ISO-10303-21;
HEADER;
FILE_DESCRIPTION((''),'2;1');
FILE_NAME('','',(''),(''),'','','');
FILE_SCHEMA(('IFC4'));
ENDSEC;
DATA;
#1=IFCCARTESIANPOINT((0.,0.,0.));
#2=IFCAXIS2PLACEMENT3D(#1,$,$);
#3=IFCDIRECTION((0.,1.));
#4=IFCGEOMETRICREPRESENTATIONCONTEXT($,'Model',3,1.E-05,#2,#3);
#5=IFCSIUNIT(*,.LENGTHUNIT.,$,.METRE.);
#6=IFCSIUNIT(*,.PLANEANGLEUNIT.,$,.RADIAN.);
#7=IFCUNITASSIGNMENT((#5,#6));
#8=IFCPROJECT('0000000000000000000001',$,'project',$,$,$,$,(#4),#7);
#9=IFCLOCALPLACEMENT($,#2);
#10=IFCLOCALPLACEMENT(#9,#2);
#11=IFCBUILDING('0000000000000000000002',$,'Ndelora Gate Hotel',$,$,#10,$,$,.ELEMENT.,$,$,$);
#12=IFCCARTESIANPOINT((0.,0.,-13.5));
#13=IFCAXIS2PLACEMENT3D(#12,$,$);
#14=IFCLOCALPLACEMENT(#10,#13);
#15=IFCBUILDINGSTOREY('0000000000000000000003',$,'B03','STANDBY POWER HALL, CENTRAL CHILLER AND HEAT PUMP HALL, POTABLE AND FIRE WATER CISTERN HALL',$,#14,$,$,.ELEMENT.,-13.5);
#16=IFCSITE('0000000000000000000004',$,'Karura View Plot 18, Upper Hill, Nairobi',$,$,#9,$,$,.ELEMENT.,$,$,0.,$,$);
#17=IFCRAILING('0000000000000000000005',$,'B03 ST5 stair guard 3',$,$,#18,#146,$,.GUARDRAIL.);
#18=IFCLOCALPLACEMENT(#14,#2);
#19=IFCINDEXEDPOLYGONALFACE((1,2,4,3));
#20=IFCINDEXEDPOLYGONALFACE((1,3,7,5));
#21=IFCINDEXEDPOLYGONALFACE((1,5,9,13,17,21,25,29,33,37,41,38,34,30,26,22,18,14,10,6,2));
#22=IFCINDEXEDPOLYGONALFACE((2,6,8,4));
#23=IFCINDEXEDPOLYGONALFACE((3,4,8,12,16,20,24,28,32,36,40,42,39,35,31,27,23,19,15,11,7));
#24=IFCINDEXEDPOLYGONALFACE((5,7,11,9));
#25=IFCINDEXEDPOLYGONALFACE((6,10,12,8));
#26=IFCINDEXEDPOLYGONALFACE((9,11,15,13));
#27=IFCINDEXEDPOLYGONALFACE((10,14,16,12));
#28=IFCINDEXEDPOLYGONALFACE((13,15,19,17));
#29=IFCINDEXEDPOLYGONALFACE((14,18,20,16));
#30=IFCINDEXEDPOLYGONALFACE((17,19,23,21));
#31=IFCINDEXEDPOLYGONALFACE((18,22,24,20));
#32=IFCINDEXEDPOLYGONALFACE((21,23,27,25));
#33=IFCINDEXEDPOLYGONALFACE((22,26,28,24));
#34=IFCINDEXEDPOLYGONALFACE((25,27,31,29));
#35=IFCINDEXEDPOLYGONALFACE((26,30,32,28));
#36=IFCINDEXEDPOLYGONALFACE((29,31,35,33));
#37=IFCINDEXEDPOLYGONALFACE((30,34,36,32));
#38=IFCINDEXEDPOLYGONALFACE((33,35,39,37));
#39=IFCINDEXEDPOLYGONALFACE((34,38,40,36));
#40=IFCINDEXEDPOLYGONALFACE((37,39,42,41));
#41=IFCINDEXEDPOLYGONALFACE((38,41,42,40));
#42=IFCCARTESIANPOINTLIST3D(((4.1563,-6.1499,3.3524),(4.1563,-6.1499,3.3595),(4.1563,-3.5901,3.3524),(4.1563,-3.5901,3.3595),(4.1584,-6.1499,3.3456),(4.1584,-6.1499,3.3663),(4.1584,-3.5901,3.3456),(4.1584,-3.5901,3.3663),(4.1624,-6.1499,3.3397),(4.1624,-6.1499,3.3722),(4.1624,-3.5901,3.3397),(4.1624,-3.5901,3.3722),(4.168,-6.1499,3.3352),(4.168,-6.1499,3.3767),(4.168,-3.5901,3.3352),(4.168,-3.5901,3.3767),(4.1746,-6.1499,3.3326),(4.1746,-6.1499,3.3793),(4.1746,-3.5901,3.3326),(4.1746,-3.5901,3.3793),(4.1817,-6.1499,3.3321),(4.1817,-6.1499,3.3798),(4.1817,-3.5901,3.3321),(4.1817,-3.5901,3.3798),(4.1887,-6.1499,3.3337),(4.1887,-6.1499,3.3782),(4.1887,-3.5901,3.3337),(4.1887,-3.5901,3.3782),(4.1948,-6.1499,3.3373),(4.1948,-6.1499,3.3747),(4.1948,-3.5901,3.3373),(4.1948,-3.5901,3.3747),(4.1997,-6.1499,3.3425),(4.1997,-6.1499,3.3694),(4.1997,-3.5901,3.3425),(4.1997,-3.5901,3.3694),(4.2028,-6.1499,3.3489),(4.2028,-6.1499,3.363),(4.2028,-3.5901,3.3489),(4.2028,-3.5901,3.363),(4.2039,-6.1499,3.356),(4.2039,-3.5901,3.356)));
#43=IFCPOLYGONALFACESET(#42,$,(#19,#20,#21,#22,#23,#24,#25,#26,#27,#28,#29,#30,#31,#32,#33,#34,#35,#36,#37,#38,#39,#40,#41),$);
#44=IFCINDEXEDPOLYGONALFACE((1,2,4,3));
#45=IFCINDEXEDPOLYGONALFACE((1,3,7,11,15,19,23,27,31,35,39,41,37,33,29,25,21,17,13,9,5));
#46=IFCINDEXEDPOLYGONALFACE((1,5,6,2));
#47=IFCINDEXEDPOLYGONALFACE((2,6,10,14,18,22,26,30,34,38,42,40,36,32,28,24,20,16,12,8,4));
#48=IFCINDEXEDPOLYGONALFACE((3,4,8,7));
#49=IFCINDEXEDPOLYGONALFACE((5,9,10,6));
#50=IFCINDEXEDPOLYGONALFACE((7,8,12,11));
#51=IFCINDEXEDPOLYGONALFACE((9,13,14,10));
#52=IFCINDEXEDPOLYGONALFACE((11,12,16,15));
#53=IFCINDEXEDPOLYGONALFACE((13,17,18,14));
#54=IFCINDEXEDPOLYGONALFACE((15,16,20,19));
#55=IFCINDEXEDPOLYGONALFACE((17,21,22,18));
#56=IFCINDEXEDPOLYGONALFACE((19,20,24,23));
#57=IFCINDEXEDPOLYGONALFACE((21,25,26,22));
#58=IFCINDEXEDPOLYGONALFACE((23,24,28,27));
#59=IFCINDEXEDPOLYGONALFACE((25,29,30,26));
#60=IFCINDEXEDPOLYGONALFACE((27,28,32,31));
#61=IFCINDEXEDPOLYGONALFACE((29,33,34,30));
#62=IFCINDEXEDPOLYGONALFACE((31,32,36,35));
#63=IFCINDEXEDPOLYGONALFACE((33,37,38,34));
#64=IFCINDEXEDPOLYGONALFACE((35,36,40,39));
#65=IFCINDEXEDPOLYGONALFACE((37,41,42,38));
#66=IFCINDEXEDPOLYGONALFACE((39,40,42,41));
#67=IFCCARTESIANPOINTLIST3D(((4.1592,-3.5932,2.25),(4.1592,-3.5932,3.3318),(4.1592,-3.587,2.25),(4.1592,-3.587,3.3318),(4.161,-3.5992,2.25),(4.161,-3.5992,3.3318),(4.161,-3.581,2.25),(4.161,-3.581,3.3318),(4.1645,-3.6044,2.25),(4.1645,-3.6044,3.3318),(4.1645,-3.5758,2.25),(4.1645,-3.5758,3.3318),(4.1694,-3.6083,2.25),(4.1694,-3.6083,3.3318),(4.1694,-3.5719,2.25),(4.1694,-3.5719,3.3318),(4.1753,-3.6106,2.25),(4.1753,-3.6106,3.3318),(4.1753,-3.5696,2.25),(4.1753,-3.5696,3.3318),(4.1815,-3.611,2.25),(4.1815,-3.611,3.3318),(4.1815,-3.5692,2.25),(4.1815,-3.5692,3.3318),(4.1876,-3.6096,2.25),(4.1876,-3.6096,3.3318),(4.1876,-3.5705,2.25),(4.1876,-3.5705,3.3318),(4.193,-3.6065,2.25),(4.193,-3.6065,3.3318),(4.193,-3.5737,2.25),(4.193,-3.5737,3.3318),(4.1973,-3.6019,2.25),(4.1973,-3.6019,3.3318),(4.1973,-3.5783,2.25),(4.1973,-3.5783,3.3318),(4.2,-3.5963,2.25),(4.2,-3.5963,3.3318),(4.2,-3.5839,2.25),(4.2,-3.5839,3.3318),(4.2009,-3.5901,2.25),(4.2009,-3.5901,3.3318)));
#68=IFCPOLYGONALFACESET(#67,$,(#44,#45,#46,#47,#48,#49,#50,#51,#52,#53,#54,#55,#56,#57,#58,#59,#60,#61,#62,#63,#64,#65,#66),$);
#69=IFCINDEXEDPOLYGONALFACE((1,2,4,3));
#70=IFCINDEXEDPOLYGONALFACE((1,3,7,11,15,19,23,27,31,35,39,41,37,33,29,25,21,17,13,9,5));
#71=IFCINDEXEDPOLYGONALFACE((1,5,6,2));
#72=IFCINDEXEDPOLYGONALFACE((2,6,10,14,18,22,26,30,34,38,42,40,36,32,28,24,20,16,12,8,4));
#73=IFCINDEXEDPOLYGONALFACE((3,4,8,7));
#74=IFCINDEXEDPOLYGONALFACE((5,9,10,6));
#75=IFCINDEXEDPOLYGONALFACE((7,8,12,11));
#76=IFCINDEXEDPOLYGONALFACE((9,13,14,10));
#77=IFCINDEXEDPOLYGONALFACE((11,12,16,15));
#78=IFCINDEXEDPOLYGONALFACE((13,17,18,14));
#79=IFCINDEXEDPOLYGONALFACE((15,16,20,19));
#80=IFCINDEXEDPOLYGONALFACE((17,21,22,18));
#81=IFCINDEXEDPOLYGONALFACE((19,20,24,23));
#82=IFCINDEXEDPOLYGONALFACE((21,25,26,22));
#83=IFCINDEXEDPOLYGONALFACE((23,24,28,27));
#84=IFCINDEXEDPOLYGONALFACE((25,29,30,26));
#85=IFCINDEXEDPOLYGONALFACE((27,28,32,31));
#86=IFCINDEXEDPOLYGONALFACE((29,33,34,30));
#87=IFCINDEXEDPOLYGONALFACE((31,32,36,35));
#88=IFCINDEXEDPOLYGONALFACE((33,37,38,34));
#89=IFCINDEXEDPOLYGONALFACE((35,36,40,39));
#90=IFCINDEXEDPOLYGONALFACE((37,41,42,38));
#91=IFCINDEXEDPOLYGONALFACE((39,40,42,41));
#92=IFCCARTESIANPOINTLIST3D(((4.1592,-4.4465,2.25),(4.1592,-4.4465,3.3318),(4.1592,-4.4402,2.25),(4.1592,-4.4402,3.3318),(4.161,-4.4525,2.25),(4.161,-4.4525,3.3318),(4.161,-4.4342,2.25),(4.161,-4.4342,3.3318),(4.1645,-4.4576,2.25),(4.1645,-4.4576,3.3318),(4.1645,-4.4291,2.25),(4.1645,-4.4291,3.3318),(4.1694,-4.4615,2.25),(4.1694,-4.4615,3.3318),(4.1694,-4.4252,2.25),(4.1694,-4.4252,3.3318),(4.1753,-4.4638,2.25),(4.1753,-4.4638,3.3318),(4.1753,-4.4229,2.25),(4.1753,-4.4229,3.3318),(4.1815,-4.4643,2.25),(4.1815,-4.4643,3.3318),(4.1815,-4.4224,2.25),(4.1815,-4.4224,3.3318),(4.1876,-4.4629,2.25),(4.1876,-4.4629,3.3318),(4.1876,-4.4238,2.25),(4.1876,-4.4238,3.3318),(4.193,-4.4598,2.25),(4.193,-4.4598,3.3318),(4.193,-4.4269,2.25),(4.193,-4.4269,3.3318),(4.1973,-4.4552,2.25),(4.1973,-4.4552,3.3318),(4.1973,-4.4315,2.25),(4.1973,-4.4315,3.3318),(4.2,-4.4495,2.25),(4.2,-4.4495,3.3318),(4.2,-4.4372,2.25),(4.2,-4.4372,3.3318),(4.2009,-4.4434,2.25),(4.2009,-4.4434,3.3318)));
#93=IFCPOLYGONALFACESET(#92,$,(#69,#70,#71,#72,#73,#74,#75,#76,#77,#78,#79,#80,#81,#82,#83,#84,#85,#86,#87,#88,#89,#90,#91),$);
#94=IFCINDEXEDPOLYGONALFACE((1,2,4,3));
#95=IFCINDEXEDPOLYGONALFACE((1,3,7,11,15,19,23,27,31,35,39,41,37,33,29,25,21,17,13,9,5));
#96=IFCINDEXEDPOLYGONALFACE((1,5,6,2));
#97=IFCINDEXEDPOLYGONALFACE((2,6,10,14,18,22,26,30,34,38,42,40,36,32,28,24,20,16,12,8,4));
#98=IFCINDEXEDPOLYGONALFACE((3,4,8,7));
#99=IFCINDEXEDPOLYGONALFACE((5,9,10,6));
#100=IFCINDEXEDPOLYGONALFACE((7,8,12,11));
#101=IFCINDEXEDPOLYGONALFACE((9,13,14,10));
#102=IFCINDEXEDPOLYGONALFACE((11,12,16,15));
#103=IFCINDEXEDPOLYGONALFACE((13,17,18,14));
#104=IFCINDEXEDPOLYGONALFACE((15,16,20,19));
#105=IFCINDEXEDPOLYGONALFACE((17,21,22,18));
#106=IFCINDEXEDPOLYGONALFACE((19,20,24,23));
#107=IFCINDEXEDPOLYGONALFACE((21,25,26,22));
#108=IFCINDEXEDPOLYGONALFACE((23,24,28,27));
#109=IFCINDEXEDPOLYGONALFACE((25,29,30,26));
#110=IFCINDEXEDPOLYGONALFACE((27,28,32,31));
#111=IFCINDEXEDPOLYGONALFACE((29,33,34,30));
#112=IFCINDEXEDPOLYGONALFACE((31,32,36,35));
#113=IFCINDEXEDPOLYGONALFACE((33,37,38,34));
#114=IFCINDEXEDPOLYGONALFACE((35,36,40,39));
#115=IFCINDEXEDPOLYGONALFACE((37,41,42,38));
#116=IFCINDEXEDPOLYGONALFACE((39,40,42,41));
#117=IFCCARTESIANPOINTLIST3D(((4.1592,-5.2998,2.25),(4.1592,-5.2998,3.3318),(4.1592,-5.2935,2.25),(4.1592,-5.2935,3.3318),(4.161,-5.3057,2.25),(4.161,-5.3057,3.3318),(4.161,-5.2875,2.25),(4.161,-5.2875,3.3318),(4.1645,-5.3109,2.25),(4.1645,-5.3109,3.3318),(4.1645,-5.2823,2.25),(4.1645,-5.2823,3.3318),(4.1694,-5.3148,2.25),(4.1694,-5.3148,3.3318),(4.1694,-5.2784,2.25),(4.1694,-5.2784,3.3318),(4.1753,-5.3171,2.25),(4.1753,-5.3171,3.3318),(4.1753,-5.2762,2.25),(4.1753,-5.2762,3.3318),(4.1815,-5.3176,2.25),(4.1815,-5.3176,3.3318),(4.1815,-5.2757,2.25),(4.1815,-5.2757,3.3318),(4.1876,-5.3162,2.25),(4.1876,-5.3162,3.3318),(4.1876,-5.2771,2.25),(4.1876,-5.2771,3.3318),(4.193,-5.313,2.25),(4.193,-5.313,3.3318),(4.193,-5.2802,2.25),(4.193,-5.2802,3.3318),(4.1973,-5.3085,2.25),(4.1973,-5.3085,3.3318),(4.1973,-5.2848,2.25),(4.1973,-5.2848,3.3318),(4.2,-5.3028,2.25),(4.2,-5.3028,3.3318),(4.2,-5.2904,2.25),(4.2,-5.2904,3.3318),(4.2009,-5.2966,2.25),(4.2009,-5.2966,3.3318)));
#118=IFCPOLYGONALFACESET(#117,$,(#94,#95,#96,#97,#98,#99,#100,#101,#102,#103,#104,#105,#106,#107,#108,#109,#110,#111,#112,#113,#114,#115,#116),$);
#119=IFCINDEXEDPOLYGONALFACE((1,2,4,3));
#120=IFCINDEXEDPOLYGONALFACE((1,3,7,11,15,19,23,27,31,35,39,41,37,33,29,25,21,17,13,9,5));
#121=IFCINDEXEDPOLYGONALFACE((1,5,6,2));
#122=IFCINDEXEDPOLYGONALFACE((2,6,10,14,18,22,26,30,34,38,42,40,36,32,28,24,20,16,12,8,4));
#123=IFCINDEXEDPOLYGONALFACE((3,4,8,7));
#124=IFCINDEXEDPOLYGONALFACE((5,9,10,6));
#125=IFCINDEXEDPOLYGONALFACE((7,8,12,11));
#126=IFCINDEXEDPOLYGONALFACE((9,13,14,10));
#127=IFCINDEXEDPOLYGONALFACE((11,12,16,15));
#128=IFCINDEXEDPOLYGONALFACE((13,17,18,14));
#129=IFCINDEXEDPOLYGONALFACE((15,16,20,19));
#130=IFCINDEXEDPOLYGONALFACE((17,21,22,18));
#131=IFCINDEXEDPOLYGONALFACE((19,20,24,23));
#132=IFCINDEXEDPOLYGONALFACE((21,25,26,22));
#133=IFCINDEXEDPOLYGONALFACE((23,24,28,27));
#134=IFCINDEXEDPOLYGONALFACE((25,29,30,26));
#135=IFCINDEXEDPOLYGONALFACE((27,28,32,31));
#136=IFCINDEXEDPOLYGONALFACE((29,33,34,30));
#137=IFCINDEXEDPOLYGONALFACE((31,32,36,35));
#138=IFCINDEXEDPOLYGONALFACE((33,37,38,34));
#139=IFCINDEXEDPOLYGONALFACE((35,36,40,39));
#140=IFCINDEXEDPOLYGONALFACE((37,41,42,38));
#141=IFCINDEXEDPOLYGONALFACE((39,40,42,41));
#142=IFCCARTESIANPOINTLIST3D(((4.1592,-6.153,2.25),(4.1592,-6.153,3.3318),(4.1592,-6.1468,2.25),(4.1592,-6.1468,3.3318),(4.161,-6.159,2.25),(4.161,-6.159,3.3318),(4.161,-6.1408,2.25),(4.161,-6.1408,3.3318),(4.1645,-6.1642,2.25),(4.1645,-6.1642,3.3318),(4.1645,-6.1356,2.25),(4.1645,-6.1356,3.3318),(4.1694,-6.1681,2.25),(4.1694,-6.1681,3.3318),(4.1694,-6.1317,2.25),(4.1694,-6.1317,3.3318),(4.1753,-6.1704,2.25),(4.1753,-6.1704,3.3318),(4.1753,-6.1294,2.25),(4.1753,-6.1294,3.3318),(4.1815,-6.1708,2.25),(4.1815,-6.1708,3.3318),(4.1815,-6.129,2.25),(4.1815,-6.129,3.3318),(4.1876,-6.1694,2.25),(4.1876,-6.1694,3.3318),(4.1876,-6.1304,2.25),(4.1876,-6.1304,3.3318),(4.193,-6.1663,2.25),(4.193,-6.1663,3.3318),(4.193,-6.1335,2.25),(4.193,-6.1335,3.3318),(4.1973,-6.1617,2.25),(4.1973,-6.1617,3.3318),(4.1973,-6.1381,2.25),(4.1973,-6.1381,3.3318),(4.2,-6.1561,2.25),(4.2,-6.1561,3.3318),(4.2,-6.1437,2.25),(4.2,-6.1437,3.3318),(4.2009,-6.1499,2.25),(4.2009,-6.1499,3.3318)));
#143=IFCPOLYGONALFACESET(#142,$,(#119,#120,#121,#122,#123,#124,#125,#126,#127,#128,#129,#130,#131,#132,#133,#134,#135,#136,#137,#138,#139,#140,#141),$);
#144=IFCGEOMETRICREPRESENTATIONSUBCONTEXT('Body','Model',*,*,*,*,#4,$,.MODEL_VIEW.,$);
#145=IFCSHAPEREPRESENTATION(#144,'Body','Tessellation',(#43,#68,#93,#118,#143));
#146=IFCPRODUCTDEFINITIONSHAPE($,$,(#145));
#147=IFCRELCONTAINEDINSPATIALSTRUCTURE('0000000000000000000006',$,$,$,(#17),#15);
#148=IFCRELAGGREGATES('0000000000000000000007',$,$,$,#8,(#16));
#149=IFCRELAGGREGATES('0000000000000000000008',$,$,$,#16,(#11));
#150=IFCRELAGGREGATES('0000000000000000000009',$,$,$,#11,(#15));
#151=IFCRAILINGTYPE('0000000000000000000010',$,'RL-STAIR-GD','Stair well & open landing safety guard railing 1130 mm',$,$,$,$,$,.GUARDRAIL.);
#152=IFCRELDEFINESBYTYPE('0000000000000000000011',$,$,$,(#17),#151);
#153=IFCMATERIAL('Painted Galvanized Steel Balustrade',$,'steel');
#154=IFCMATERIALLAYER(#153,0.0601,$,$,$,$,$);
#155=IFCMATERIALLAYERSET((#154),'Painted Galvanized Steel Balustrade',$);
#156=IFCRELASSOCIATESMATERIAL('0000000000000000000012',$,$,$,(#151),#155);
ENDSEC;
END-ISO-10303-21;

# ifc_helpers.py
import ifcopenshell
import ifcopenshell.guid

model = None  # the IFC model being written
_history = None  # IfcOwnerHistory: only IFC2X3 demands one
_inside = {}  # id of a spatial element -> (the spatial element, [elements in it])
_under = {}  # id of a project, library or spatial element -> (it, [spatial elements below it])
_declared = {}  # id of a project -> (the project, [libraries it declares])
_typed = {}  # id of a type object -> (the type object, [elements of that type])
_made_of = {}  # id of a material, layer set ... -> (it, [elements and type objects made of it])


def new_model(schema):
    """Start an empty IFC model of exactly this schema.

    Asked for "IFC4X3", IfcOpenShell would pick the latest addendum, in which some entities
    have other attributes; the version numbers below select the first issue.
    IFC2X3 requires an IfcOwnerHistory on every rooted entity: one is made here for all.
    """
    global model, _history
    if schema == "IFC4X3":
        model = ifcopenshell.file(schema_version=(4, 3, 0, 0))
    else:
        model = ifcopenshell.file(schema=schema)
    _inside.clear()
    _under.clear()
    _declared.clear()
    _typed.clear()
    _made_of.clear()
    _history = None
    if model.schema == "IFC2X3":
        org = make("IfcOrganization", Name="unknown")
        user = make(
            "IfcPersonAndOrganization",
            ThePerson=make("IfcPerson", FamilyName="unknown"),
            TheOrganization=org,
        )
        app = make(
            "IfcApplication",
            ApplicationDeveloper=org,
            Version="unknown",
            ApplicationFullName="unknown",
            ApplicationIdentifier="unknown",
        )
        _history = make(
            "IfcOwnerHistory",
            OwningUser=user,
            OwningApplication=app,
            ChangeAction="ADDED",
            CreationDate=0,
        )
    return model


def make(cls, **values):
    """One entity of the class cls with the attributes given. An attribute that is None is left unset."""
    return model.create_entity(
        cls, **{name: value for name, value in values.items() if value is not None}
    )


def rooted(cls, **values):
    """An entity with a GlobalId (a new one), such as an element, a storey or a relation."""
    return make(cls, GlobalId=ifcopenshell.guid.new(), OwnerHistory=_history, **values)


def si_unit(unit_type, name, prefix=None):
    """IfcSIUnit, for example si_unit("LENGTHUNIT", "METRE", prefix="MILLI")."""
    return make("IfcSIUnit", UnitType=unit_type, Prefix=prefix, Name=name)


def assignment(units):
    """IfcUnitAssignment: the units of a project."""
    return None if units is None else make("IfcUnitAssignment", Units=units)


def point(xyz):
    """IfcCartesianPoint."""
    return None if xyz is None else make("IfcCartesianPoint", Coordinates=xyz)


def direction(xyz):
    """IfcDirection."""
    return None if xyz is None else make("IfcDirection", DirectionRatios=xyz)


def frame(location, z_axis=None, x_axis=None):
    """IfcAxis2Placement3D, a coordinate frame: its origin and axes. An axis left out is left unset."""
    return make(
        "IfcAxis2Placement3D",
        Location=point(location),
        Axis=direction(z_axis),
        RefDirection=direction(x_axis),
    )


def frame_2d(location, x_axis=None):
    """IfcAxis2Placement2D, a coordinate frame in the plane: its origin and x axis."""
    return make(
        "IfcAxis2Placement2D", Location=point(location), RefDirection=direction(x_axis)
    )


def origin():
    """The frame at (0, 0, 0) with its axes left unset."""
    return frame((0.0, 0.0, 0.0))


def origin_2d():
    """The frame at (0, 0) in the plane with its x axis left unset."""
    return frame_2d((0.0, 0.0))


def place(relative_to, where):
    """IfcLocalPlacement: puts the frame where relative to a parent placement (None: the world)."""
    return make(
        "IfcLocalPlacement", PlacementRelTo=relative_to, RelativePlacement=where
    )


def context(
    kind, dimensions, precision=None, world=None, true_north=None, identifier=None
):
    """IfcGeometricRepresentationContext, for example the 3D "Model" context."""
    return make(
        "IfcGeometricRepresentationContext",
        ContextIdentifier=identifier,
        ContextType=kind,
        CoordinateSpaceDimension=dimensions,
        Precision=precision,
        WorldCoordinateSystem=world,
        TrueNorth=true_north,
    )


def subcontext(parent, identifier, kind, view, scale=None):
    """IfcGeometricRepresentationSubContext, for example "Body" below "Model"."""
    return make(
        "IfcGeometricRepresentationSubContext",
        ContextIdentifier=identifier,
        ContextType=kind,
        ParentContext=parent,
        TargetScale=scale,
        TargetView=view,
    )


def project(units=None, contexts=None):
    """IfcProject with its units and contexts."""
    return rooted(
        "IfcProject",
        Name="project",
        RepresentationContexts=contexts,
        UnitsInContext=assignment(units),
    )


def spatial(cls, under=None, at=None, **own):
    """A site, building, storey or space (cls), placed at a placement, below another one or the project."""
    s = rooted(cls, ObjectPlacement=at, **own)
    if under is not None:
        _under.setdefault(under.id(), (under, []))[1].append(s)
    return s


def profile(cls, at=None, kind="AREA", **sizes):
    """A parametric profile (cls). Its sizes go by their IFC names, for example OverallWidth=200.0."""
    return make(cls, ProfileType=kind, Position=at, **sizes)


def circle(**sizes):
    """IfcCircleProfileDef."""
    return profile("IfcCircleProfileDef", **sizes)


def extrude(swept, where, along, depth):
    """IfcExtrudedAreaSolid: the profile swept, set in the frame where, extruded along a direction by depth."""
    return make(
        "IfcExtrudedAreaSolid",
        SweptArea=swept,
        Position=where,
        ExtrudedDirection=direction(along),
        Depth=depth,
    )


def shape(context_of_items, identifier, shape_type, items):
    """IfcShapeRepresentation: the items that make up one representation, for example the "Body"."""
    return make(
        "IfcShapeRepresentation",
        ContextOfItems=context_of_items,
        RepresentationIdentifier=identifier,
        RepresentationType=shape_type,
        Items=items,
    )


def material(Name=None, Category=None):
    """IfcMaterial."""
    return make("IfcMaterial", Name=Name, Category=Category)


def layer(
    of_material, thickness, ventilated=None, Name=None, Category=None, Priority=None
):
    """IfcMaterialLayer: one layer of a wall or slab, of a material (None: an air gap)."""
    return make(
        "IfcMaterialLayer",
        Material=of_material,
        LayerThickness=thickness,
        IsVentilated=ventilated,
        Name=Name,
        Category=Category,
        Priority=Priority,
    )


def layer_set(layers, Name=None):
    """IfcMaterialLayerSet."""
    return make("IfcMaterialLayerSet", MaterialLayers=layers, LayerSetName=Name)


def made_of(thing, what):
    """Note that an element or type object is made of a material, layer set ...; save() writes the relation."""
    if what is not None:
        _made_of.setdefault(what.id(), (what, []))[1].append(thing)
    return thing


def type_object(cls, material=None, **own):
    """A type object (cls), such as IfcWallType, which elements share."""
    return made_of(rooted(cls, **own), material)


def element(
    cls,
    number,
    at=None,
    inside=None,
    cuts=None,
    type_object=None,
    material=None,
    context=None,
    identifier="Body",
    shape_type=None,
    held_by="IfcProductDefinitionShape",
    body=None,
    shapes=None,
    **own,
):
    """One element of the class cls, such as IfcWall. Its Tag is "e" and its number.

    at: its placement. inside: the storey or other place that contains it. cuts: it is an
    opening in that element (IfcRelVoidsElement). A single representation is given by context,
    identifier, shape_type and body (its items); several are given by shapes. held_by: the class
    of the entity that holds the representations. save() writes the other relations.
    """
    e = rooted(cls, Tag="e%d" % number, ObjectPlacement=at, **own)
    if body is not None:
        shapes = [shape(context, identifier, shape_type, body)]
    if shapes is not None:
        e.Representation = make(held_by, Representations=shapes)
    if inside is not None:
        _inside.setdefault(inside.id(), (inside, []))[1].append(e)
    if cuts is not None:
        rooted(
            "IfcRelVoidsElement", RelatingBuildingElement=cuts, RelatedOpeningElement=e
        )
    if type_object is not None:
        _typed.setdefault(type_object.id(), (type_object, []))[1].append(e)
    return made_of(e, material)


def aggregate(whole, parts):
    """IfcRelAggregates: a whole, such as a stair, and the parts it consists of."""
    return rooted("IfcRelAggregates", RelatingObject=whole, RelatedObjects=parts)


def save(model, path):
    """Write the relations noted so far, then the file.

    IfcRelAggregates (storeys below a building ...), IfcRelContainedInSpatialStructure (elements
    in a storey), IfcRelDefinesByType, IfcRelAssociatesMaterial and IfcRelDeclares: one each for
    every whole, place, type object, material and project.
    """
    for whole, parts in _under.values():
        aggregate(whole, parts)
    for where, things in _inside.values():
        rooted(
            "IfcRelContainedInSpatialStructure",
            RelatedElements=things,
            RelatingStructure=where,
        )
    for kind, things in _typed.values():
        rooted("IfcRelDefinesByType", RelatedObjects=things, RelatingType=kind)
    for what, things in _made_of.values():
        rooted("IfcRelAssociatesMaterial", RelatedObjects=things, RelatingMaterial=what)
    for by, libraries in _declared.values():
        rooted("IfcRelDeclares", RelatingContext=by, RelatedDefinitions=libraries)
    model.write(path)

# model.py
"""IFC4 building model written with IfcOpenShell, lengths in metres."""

from ifc_helpers import new_model, si_unit, direction, frame, origin, origin_2d, place, context, subcontext, project, spatial, circle, extrude, material, layer, layer_set, type_object, element, save


model = new_model("IFC4")

# Units and contexts
model_context = context("Model", 3, precision=1e-05, world=origin(), true_north=direction((0.0, 1.0)))
body_context = subcontext(model_context, "Body", "Model", "MODEL_VIEW")
ifc_project = project(units=[si_unit("LENGTHUNIT", "METRE"), si_unit("PLANEANGLEUNIT", "RADIAN")], contexts=[model_context])

# Site, building, storey
site_placement = place(None, origin())
site = spatial("IfcSite", under=ifc_project, at=site_placement, Name="Karura View Plot 18, Upper Hill, Nairobi", CompositionType="ELEMENT", RefElevation=0.0)
building_placement = place(site_placement, origin())
building = spatial("IfcBuilding", under=site, at=building_placement, Name="Ndelora Gate Hotel", CompositionType="ELEMENT")
storey_placement = place(building_placement, frame((0.0, 0.0, -13.5)))
storey = spatial("IfcBuildingStorey", under=building, at=storey_placement, Name="B03", Description="STANDBY POWER HALL, CENTRAL CHILLER AND HEAT PUMP HALL, POTABLE AND FIRE WATER CISTERN HALL", CompositionType="ELEMENT", Elevation=-13.5)

# Railing
ifc_material_1 = material(Name="Painted Galvanized Steel Balustrade", Category="steel")
ifc_layer_1 = layer(ifc_material_1, 0.0601)
ifc_layer_set_1 = layer_set([ifc_layer_1], Name="Painted Galvanized Steel Balustrade")
railing_type_1 = type_object("IfcRailingType", Name="RL-STAIR-GD", Description="Stair well & open landing safety guard railing 1130 mm", PredefinedType="GUARDRAIL", material=ifc_layer_set_1)
for number, where, name in (
    (1, (4.1799, -3.5901, 2.25), "B03 ST5 stair guard 3"),
):
    element("IfcRailing", number, at=place(storey_placement, frame(where)), inside=storey, type_object=railing_type_1, Name=name, PredefinedType="GUARDRAIL", context=body_context, shape_type="SweptSolid", body=[
        extrude(circle(Radius=0.0239, at=origin_2d()), frame((0.0, 0.0, 1.106), z_axis=(0.0, -1.0, 0.0), x_axis=(1.0, 0.0, 0.0)), (0.0, 0.0, 1.0), 2.5598),
        extrude(circle(Radius=0.021, at=origin_2d()), origin(), (0.0, 0.0, 1.0), 1.0818),
        extrude(circle(Radius=0.021, at=origin_2d()), frame((0.0, -0.8533, 0.0)), (0.0, 0.0, 1.0), 1.0818),
        extrude(circle(Radius=0.021, at=origin_2d()), frame((0.0, -1.7065, 0.0)), (0.0, 0.0, 1.0), 1.0818),
        extrude(circle(Radius=0.021, at=origin_2d()), frame((0.0, -2.5598, 0.0)), (0.0, 0.0, 1.0), 1.0818),
    ])

save(model, "model.ifc")
